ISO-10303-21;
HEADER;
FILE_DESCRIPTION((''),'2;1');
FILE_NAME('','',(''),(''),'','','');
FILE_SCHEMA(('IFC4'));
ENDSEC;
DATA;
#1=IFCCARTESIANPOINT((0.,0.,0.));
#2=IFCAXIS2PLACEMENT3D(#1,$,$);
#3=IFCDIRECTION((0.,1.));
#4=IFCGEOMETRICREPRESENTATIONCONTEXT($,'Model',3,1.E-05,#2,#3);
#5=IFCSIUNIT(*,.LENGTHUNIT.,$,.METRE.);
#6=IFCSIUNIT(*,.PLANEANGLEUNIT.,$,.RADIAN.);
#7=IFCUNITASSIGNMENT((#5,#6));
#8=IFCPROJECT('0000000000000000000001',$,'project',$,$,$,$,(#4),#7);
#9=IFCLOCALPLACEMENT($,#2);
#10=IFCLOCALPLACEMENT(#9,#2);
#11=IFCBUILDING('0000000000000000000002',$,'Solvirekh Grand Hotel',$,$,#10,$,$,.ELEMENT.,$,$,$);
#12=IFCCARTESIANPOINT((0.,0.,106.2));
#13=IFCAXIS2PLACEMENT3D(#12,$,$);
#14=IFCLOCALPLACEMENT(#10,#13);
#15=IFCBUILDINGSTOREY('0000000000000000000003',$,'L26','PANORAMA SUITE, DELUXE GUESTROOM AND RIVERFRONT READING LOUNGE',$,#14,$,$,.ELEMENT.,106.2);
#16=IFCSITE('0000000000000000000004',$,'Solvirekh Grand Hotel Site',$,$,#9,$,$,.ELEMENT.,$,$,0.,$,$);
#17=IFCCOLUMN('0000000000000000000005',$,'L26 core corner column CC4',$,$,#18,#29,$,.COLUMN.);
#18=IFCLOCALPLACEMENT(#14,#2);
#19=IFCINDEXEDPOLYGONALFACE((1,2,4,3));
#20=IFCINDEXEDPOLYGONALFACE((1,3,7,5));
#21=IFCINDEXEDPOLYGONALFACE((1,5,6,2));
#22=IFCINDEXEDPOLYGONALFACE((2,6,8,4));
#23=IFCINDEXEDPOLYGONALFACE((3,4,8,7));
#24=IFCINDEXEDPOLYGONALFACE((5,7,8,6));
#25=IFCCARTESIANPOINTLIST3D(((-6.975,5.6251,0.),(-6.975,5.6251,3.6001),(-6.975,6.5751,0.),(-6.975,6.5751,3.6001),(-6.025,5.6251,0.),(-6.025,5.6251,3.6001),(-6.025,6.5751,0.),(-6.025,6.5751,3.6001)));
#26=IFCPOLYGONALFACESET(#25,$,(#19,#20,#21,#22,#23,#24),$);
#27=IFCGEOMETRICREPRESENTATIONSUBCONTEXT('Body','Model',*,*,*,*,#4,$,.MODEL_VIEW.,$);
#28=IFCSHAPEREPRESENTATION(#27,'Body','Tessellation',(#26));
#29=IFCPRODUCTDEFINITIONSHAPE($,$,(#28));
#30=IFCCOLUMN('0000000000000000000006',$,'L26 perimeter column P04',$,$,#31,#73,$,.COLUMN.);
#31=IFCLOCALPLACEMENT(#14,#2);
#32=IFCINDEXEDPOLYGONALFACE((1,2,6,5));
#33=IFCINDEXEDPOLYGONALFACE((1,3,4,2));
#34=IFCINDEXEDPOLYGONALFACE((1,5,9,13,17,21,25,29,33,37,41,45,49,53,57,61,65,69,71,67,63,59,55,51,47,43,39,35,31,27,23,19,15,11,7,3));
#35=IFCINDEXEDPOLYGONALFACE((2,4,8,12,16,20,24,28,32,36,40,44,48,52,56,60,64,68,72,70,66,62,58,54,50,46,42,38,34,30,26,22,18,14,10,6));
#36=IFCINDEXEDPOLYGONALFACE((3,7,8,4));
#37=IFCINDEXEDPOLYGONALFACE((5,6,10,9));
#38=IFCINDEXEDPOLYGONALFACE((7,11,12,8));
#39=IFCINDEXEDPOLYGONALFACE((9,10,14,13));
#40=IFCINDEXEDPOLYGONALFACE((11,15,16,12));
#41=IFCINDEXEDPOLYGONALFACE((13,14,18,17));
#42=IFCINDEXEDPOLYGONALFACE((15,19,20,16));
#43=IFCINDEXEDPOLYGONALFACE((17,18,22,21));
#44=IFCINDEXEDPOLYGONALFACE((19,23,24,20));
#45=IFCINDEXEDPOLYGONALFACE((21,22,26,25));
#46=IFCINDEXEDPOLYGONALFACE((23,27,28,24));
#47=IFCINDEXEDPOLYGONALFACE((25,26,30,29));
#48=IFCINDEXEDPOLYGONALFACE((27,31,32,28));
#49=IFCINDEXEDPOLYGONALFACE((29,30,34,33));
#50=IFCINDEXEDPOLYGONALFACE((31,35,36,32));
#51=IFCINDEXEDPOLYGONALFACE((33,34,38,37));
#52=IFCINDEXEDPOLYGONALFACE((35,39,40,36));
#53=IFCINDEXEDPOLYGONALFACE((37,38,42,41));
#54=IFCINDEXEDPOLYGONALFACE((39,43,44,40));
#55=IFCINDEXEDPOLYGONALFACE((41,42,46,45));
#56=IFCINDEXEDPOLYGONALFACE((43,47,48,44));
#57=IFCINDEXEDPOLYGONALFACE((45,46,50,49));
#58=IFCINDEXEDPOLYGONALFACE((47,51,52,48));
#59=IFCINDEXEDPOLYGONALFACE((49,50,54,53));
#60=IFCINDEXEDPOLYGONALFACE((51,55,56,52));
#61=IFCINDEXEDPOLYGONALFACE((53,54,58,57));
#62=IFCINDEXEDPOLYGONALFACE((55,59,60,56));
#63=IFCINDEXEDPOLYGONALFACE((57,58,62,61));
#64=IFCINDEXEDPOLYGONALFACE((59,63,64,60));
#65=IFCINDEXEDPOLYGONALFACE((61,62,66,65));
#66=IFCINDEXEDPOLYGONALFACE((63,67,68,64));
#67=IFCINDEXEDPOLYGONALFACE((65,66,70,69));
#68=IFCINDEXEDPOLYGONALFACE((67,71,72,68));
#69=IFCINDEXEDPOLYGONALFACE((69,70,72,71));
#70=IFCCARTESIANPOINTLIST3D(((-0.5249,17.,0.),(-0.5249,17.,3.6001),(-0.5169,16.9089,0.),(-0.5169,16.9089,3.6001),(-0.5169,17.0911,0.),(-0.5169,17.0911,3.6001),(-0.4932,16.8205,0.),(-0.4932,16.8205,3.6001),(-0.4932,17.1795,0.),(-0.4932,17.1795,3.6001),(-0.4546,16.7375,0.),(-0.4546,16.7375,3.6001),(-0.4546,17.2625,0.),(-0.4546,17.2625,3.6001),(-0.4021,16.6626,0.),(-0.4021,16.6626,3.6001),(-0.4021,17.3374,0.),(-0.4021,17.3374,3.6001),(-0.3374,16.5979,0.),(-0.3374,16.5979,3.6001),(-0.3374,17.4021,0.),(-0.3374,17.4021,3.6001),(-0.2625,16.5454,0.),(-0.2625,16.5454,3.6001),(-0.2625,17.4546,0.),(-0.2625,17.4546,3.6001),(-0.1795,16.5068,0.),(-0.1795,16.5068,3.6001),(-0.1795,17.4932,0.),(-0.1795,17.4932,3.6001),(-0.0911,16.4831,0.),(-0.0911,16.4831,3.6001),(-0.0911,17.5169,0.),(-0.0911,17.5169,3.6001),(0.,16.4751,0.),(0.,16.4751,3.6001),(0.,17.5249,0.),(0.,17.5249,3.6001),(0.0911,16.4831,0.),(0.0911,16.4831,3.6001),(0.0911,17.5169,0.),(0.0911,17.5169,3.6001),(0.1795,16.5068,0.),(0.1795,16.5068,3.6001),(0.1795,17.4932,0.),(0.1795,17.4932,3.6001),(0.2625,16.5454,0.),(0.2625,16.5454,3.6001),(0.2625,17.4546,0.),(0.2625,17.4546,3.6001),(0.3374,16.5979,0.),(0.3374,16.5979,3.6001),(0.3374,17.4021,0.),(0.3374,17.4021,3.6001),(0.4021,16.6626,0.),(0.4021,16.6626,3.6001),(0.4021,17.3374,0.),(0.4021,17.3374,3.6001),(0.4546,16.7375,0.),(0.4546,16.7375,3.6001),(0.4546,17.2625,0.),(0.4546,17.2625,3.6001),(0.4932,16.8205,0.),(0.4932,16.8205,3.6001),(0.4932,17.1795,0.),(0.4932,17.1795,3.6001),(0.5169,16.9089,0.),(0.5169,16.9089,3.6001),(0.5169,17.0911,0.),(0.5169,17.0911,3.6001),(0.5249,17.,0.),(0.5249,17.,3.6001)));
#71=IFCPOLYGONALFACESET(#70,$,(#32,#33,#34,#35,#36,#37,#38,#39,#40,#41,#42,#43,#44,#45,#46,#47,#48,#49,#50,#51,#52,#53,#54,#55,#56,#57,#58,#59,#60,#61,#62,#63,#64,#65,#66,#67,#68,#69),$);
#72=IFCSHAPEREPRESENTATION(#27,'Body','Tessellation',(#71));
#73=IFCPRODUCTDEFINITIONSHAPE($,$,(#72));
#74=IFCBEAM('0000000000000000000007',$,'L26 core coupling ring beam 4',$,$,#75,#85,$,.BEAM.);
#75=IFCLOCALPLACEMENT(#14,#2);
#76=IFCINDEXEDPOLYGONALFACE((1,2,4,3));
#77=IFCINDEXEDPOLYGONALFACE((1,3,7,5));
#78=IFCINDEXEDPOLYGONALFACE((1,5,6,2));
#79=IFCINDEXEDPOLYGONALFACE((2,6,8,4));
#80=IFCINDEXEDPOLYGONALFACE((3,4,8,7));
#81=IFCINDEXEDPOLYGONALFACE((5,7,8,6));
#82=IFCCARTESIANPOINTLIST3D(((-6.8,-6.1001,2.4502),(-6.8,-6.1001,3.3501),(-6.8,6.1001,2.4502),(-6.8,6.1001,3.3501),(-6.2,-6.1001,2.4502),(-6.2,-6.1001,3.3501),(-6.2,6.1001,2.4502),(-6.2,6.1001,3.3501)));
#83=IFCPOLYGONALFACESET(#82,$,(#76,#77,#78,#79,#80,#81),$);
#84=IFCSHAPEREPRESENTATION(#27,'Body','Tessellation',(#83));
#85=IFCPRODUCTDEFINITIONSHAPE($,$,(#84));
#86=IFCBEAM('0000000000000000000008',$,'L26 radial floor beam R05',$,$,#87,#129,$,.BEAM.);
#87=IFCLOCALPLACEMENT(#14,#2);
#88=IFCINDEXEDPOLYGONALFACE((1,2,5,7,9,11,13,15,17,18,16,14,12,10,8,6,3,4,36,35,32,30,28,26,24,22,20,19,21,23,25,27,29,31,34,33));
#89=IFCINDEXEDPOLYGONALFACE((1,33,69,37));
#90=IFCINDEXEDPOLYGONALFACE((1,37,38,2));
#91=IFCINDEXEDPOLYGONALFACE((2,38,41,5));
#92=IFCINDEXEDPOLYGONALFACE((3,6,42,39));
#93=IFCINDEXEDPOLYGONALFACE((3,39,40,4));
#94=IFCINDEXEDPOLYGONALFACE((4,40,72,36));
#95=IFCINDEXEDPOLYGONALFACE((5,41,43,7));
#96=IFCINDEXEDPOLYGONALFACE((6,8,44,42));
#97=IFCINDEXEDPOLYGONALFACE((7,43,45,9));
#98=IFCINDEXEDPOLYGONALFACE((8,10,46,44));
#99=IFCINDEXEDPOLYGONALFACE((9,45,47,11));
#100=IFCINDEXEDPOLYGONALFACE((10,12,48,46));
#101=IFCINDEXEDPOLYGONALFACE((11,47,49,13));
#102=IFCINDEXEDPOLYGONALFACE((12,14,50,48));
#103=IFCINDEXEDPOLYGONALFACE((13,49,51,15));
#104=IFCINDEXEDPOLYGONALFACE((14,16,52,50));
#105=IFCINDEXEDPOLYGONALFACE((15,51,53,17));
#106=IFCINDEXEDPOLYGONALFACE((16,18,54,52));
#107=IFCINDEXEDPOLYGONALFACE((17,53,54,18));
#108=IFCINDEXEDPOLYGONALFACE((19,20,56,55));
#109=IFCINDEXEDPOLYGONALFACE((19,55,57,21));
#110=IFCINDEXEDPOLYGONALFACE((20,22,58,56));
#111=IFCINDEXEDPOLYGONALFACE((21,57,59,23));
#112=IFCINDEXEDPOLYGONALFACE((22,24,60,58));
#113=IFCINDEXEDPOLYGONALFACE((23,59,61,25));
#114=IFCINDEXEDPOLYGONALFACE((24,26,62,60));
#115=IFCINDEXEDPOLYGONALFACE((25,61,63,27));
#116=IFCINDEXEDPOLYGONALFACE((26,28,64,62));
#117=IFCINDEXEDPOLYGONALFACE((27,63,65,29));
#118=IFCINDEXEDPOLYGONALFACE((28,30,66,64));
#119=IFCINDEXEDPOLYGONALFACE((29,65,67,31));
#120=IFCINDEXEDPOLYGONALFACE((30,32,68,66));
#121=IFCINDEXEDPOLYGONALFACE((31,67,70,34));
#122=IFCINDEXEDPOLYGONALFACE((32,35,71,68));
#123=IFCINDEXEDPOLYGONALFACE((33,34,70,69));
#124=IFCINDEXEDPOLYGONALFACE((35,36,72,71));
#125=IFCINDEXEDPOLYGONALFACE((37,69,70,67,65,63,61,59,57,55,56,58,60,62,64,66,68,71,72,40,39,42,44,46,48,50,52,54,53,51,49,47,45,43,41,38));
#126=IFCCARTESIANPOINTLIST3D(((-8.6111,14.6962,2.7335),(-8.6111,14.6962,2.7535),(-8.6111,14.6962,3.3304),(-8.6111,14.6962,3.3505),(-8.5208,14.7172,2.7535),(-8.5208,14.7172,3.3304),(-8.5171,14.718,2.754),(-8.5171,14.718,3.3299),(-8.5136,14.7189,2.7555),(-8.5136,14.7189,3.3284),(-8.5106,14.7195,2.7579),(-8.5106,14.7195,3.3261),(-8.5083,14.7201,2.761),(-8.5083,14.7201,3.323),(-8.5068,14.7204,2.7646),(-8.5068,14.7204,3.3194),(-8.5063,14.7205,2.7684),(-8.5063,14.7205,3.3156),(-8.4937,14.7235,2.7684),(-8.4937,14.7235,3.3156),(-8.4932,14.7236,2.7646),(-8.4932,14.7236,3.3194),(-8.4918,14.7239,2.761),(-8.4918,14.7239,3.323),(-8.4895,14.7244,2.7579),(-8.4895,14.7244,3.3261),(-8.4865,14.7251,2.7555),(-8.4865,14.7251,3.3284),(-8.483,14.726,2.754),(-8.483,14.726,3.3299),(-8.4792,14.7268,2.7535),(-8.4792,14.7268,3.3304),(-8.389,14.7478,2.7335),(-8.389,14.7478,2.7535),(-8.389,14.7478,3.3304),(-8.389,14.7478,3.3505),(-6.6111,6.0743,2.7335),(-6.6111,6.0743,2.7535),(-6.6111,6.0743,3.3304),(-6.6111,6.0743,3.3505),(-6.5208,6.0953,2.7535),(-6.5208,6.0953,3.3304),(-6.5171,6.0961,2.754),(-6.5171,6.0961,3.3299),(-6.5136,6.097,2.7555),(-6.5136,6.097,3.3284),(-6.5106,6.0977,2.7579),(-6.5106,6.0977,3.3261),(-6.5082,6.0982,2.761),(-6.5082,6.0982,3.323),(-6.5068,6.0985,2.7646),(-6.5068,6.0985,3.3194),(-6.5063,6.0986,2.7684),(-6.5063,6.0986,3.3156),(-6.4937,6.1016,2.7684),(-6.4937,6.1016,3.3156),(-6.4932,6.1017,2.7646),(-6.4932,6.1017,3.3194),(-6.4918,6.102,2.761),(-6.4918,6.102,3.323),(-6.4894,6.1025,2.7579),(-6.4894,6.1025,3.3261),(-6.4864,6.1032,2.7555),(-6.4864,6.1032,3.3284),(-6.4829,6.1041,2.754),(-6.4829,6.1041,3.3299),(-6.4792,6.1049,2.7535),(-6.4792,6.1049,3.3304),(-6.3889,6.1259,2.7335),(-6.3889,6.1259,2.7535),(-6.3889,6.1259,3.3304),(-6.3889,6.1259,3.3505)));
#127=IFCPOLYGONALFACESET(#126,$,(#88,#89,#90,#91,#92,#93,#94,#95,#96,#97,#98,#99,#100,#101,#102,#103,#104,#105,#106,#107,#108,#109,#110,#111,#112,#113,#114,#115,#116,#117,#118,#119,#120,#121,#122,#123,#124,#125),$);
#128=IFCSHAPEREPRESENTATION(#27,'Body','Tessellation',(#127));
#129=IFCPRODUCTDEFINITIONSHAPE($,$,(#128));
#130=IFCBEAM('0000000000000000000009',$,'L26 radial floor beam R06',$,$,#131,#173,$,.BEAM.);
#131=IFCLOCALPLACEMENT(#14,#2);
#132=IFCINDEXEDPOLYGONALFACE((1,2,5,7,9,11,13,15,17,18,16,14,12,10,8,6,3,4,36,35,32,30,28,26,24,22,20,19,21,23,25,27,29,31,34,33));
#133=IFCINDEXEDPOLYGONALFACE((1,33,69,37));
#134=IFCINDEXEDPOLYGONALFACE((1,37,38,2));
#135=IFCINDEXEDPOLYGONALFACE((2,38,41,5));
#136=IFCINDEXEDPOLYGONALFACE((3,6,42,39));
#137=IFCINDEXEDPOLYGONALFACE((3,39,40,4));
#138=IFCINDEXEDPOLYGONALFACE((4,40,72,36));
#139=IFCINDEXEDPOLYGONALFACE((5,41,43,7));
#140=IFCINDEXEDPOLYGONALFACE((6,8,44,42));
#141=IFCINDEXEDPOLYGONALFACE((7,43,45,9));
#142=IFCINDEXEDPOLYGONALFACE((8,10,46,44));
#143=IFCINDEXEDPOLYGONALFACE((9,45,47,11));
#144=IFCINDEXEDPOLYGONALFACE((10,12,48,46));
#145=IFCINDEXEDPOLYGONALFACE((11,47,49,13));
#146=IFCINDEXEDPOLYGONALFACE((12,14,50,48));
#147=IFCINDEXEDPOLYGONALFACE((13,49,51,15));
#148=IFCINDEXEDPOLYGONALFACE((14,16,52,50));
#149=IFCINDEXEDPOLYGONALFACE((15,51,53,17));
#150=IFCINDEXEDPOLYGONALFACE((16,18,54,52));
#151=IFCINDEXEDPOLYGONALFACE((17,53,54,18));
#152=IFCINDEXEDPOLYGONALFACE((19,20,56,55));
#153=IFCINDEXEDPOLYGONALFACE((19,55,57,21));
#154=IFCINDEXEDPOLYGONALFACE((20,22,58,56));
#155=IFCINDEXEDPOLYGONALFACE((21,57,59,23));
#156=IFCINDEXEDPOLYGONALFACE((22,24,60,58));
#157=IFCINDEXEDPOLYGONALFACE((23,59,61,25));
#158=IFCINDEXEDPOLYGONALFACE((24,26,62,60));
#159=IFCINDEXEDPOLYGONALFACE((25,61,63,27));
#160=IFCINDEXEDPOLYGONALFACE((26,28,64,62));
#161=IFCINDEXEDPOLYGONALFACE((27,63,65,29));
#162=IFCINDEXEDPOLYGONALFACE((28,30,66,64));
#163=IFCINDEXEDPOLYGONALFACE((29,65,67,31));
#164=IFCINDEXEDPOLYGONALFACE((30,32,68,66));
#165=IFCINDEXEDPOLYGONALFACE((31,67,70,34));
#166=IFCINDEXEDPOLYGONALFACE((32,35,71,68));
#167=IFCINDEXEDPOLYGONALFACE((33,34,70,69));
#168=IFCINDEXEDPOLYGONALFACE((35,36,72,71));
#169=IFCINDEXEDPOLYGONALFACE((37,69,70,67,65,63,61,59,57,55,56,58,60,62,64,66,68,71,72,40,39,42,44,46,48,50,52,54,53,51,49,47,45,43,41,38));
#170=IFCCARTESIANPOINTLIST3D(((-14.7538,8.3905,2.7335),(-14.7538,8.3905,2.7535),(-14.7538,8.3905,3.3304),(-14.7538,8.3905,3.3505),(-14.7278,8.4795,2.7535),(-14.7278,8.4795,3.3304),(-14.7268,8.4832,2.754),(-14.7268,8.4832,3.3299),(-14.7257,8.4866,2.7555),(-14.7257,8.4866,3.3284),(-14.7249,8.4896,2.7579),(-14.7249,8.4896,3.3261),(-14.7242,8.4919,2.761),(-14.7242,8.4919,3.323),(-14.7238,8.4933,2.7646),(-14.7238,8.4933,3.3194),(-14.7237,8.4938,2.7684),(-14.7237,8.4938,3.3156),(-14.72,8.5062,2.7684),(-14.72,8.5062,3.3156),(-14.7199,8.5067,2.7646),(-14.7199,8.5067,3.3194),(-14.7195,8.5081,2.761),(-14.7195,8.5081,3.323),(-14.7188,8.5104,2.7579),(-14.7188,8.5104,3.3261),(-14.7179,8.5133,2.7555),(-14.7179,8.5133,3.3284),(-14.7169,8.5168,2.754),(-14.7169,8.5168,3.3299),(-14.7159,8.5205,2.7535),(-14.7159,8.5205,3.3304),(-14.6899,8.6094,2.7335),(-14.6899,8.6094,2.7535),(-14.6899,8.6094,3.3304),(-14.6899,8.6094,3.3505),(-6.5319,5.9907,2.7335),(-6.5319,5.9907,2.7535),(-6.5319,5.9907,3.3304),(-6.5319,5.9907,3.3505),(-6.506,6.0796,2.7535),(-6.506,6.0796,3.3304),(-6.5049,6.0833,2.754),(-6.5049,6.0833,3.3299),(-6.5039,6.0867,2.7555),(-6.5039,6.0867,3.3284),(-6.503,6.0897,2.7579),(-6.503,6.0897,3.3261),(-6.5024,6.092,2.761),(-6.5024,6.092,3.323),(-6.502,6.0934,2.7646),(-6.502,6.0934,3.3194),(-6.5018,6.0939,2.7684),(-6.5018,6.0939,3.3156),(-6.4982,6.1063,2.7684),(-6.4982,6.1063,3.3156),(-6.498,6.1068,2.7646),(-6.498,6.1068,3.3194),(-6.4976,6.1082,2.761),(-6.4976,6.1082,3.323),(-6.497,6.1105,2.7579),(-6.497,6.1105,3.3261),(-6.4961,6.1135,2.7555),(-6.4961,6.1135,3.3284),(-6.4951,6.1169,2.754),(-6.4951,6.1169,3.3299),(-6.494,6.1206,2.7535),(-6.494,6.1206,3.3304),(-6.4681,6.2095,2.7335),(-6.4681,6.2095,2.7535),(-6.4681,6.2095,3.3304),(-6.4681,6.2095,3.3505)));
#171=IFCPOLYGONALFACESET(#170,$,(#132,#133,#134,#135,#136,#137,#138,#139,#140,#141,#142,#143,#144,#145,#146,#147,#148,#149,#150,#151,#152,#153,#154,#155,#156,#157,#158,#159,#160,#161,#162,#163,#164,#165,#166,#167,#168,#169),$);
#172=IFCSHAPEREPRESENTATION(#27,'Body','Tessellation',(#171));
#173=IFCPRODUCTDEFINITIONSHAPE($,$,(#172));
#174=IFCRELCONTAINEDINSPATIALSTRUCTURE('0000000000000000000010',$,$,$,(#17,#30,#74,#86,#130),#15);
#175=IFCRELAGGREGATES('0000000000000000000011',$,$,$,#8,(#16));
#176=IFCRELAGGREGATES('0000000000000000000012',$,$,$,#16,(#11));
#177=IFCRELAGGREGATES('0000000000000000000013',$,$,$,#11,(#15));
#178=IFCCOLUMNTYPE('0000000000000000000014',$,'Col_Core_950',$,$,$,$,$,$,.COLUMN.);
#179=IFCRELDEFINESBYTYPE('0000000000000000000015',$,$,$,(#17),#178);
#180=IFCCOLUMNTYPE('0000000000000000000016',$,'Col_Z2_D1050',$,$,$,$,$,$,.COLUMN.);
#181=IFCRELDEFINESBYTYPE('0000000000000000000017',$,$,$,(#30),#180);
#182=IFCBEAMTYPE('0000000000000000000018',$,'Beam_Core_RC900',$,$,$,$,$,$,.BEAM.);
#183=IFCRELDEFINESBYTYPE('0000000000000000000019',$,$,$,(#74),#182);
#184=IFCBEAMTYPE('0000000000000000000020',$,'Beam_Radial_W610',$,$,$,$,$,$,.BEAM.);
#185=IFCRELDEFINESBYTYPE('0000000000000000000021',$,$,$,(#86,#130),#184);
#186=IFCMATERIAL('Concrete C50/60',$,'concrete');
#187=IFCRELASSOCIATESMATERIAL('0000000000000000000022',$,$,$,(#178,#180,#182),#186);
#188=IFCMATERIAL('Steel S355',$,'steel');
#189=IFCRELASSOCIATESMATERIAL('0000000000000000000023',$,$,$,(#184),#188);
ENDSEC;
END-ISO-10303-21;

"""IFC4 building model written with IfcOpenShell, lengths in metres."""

from ifc_helpers import new_model, si_unit, direction, frame, origin, origin_2d, place, context, subcontext, project, spatial, rectangle, circle, i_section, extrude, material, material_profile, profile_set, type_object, element, save


model = new_model("IFC4")

# Units and contexts
model_context = context("Model", 3, precision=1e-05, world=origin(), true_north=direction((0.0, 1.0)))
body_context = subcontext(model_context, "Body", "Model", "MODEL_VIEW")
ifc_project = project(units=[si_unit("LENGTHUNIT", "METRE"), si_unit("PLANEANGLEUNIT", "RADIAN")], contexts=[model_context])

# Site, building, storey
site_placement = place(None, origin())
site = spatial("IfcSite", under=ifc_project, at=site_placement, Name="Solvirekh Grand Hotel Site", CompositionType="ELEMENT", RefElevation=0.0)
building_placement = place(site_placement, origin())
building = spatial("IfcBuilding", under=site, at=building_placement, Name="Solvirekh Grand Hotel", CompositionType="ELEMENT")
storey_placement = place(building_placement, frame((0.0, 0.0, 106.2)))
storey = spatial("IfcBuildingStorey", under=building, at=storey_placement, Name="L26", Description="PANORAMA SUITE, DELUXE GUESTROOM AND RIVERFRONT READING LOUNGE", CompositionType="ELEMENT", Elevation=106.2)

# Columns
ifc_material_1 = material(Name="Concrete C50/60", Category="concrete")
ifc_material_profile_1 = material_profile(ifc_material_1, rectangle(XDim=0.95, YDim=0.95, at=origin_2d()), Name="RC 950X950")
ifc_profile_set_1 = profile_set([ifc_material_profile_1], Name="Concrete C50/60")
column_type_1 = type_object("IfcColumnType", Name="Col_Core_950", PredefinedType="COLUMN", material=ifc_profile_set_1)
column_1_placement = place(storey_placement, frame((-6.5, 6.1001, 0.0), z_axis=(0.0, 0.0, 1.0), x_axis=(1.0, 0.0, 0.0)))
element("IfcColumn", 1, at=column_1_placement, inside=storey, type_object=column_type_1, Name="L26 core corner column CC4", PredefinedType="COLUMN", context=body_context, shape_type="SweptSolid", body=[
    extrude(rectangle(XDim=0.95, YDim=0.95, at=origin_2d()), origin(), (0.0, 0.0, 1.0), 3.6001),
])
ifc_material_profile_2 = material_profile(ifc_material_1, circle(Radius=0.5249, at=origin_2d()), Name="RC CIRC D1050")
ifc_profile_set_2 = profile_set([ifc_material_profile_2], Name="Concrete C50/60")
column_type_2 = type_object("IfcColumnType", Name="Col_Z2_D1050", PredefinedType="COLUMN", material=ifc_profile_set_2)
column_2_placement = place(storey_placement, frame((0.0, 17.0, 0.0), z_axis=(0.0, 0.0, 1.0), x_axis=(1.0, 0.0, 0.0)))
element("IfcColumn", 2, at=column_2_placement, inside=storey, type_object=column_type_2, Name="L26 perimeter column P04", PredefinedType="COLUMN", context=body_context, shape_type="SweptSolid", body=[
    extrude(circle(Radius=0.5249, at=origin_2d()), origin(), (0.0, 0.0, 1.0), 3.6001),
])

# Beams
ifc_material_profile_3 = material_profile(ifc_material_1, rectangle(XDim=0.6001, YDim=0.8999, at=origin_2d()), Name="RC BEAM 600X900")
ifc_profile_set_3 = profile_set([ifc_material_profile_3], Name="Concrete C50/60")
beam_type_1 = type_object("IfcBeamType", Name="Beam_Core_RC900", PredefinedType="BEAM", material=ifc_profile_set_3)
beam_1_placement = place(storey_placement, frame((-6.5, 6.1001, 2.9001), z_axis=(0.0, -1.0, 0.0), x_axis=(1.0, 0.0, 0.0)))
element("IfcBeam", 3, at=beam_1_placement, inside=storey, type_object=beam_type_1, Name="L26 core coupling ring beam 4", PredefinedType="BEAM", context=body_context, shape_type="SweptSolid", body=[
    extrude(rectangle(XDim=0.6001, YDim=0.8999, at=origin_2d()), origin(), (0.0, 0.0, 1.0), 12.2002),
])
ifc_material_2 = material(Name="Steel S355", Category="steel")
ifc_material_profile_4 = material_profile(ifc_material_2, i_section(OverallWidth=0.228, OverallDepth=0.6169, WebThickness=0.0129, FlangeThickness=0.02, FilletRadius=0.0149, at=origin_2d()), Name="W610X140")
ifc_profile_set_4 = profile_set([ifc_material_profile_4], Name="Steel S355")
beam_type_2 = type_object("IfcBeamType", Name="Beam_Radial_W610", PredefinedType="BEAM", material=ifc_profile_set_4)
beam_2_placement = place(storey_placement, frame((-6.5, 6.1001, 3.042), z_axis=(-0.225969, 0.974134, 0.0), x_axis=(-0.974134, -0.225969, 0.0)))
element("IfcBeam", 4, at=beam_2_placement, inside=storey, type_object=beam_type_2, Name="L26 radial floor beam R05", PredefinedType="BEAM", context=body_context, shape_type="SweptSolid", body=[
    extrude(i_section(OverallWidth=0.228, OverallDepth=0.6169, WebThickness=0.0129, FlangeThickness=0.02, FilletRadius=0.0149, at=origin_2d()), origin(), (0.0, 0.0, 1.0), 8.8508),
])
beam_3_placement = place(storey_placement, frame((-6.5, 6.1001, 3.042), z_axis=(-0.959942, 0.280198, 0.0), x_axis=(-0.280198, -0.959942, 0.0)))
element("IfcBeam", 5, at=beam_3_placement, inside=storey, type_object=beam_type_2, Name="L26 radial floor beam R06", PredefinedType="BEAM", context=body_context, shape_type="SweptSolid", body=[
    extrude(i_section(OverallWidth=0.228, OverallDepth=0.6169, WebThickness=0.0129, FlangeThickness=0.02, FilletRadius=0.0149, at=origin_2d()), origin(), (0.0, 0.0, 1.0), 8.5649),
])

save(model, "model.ifc")
